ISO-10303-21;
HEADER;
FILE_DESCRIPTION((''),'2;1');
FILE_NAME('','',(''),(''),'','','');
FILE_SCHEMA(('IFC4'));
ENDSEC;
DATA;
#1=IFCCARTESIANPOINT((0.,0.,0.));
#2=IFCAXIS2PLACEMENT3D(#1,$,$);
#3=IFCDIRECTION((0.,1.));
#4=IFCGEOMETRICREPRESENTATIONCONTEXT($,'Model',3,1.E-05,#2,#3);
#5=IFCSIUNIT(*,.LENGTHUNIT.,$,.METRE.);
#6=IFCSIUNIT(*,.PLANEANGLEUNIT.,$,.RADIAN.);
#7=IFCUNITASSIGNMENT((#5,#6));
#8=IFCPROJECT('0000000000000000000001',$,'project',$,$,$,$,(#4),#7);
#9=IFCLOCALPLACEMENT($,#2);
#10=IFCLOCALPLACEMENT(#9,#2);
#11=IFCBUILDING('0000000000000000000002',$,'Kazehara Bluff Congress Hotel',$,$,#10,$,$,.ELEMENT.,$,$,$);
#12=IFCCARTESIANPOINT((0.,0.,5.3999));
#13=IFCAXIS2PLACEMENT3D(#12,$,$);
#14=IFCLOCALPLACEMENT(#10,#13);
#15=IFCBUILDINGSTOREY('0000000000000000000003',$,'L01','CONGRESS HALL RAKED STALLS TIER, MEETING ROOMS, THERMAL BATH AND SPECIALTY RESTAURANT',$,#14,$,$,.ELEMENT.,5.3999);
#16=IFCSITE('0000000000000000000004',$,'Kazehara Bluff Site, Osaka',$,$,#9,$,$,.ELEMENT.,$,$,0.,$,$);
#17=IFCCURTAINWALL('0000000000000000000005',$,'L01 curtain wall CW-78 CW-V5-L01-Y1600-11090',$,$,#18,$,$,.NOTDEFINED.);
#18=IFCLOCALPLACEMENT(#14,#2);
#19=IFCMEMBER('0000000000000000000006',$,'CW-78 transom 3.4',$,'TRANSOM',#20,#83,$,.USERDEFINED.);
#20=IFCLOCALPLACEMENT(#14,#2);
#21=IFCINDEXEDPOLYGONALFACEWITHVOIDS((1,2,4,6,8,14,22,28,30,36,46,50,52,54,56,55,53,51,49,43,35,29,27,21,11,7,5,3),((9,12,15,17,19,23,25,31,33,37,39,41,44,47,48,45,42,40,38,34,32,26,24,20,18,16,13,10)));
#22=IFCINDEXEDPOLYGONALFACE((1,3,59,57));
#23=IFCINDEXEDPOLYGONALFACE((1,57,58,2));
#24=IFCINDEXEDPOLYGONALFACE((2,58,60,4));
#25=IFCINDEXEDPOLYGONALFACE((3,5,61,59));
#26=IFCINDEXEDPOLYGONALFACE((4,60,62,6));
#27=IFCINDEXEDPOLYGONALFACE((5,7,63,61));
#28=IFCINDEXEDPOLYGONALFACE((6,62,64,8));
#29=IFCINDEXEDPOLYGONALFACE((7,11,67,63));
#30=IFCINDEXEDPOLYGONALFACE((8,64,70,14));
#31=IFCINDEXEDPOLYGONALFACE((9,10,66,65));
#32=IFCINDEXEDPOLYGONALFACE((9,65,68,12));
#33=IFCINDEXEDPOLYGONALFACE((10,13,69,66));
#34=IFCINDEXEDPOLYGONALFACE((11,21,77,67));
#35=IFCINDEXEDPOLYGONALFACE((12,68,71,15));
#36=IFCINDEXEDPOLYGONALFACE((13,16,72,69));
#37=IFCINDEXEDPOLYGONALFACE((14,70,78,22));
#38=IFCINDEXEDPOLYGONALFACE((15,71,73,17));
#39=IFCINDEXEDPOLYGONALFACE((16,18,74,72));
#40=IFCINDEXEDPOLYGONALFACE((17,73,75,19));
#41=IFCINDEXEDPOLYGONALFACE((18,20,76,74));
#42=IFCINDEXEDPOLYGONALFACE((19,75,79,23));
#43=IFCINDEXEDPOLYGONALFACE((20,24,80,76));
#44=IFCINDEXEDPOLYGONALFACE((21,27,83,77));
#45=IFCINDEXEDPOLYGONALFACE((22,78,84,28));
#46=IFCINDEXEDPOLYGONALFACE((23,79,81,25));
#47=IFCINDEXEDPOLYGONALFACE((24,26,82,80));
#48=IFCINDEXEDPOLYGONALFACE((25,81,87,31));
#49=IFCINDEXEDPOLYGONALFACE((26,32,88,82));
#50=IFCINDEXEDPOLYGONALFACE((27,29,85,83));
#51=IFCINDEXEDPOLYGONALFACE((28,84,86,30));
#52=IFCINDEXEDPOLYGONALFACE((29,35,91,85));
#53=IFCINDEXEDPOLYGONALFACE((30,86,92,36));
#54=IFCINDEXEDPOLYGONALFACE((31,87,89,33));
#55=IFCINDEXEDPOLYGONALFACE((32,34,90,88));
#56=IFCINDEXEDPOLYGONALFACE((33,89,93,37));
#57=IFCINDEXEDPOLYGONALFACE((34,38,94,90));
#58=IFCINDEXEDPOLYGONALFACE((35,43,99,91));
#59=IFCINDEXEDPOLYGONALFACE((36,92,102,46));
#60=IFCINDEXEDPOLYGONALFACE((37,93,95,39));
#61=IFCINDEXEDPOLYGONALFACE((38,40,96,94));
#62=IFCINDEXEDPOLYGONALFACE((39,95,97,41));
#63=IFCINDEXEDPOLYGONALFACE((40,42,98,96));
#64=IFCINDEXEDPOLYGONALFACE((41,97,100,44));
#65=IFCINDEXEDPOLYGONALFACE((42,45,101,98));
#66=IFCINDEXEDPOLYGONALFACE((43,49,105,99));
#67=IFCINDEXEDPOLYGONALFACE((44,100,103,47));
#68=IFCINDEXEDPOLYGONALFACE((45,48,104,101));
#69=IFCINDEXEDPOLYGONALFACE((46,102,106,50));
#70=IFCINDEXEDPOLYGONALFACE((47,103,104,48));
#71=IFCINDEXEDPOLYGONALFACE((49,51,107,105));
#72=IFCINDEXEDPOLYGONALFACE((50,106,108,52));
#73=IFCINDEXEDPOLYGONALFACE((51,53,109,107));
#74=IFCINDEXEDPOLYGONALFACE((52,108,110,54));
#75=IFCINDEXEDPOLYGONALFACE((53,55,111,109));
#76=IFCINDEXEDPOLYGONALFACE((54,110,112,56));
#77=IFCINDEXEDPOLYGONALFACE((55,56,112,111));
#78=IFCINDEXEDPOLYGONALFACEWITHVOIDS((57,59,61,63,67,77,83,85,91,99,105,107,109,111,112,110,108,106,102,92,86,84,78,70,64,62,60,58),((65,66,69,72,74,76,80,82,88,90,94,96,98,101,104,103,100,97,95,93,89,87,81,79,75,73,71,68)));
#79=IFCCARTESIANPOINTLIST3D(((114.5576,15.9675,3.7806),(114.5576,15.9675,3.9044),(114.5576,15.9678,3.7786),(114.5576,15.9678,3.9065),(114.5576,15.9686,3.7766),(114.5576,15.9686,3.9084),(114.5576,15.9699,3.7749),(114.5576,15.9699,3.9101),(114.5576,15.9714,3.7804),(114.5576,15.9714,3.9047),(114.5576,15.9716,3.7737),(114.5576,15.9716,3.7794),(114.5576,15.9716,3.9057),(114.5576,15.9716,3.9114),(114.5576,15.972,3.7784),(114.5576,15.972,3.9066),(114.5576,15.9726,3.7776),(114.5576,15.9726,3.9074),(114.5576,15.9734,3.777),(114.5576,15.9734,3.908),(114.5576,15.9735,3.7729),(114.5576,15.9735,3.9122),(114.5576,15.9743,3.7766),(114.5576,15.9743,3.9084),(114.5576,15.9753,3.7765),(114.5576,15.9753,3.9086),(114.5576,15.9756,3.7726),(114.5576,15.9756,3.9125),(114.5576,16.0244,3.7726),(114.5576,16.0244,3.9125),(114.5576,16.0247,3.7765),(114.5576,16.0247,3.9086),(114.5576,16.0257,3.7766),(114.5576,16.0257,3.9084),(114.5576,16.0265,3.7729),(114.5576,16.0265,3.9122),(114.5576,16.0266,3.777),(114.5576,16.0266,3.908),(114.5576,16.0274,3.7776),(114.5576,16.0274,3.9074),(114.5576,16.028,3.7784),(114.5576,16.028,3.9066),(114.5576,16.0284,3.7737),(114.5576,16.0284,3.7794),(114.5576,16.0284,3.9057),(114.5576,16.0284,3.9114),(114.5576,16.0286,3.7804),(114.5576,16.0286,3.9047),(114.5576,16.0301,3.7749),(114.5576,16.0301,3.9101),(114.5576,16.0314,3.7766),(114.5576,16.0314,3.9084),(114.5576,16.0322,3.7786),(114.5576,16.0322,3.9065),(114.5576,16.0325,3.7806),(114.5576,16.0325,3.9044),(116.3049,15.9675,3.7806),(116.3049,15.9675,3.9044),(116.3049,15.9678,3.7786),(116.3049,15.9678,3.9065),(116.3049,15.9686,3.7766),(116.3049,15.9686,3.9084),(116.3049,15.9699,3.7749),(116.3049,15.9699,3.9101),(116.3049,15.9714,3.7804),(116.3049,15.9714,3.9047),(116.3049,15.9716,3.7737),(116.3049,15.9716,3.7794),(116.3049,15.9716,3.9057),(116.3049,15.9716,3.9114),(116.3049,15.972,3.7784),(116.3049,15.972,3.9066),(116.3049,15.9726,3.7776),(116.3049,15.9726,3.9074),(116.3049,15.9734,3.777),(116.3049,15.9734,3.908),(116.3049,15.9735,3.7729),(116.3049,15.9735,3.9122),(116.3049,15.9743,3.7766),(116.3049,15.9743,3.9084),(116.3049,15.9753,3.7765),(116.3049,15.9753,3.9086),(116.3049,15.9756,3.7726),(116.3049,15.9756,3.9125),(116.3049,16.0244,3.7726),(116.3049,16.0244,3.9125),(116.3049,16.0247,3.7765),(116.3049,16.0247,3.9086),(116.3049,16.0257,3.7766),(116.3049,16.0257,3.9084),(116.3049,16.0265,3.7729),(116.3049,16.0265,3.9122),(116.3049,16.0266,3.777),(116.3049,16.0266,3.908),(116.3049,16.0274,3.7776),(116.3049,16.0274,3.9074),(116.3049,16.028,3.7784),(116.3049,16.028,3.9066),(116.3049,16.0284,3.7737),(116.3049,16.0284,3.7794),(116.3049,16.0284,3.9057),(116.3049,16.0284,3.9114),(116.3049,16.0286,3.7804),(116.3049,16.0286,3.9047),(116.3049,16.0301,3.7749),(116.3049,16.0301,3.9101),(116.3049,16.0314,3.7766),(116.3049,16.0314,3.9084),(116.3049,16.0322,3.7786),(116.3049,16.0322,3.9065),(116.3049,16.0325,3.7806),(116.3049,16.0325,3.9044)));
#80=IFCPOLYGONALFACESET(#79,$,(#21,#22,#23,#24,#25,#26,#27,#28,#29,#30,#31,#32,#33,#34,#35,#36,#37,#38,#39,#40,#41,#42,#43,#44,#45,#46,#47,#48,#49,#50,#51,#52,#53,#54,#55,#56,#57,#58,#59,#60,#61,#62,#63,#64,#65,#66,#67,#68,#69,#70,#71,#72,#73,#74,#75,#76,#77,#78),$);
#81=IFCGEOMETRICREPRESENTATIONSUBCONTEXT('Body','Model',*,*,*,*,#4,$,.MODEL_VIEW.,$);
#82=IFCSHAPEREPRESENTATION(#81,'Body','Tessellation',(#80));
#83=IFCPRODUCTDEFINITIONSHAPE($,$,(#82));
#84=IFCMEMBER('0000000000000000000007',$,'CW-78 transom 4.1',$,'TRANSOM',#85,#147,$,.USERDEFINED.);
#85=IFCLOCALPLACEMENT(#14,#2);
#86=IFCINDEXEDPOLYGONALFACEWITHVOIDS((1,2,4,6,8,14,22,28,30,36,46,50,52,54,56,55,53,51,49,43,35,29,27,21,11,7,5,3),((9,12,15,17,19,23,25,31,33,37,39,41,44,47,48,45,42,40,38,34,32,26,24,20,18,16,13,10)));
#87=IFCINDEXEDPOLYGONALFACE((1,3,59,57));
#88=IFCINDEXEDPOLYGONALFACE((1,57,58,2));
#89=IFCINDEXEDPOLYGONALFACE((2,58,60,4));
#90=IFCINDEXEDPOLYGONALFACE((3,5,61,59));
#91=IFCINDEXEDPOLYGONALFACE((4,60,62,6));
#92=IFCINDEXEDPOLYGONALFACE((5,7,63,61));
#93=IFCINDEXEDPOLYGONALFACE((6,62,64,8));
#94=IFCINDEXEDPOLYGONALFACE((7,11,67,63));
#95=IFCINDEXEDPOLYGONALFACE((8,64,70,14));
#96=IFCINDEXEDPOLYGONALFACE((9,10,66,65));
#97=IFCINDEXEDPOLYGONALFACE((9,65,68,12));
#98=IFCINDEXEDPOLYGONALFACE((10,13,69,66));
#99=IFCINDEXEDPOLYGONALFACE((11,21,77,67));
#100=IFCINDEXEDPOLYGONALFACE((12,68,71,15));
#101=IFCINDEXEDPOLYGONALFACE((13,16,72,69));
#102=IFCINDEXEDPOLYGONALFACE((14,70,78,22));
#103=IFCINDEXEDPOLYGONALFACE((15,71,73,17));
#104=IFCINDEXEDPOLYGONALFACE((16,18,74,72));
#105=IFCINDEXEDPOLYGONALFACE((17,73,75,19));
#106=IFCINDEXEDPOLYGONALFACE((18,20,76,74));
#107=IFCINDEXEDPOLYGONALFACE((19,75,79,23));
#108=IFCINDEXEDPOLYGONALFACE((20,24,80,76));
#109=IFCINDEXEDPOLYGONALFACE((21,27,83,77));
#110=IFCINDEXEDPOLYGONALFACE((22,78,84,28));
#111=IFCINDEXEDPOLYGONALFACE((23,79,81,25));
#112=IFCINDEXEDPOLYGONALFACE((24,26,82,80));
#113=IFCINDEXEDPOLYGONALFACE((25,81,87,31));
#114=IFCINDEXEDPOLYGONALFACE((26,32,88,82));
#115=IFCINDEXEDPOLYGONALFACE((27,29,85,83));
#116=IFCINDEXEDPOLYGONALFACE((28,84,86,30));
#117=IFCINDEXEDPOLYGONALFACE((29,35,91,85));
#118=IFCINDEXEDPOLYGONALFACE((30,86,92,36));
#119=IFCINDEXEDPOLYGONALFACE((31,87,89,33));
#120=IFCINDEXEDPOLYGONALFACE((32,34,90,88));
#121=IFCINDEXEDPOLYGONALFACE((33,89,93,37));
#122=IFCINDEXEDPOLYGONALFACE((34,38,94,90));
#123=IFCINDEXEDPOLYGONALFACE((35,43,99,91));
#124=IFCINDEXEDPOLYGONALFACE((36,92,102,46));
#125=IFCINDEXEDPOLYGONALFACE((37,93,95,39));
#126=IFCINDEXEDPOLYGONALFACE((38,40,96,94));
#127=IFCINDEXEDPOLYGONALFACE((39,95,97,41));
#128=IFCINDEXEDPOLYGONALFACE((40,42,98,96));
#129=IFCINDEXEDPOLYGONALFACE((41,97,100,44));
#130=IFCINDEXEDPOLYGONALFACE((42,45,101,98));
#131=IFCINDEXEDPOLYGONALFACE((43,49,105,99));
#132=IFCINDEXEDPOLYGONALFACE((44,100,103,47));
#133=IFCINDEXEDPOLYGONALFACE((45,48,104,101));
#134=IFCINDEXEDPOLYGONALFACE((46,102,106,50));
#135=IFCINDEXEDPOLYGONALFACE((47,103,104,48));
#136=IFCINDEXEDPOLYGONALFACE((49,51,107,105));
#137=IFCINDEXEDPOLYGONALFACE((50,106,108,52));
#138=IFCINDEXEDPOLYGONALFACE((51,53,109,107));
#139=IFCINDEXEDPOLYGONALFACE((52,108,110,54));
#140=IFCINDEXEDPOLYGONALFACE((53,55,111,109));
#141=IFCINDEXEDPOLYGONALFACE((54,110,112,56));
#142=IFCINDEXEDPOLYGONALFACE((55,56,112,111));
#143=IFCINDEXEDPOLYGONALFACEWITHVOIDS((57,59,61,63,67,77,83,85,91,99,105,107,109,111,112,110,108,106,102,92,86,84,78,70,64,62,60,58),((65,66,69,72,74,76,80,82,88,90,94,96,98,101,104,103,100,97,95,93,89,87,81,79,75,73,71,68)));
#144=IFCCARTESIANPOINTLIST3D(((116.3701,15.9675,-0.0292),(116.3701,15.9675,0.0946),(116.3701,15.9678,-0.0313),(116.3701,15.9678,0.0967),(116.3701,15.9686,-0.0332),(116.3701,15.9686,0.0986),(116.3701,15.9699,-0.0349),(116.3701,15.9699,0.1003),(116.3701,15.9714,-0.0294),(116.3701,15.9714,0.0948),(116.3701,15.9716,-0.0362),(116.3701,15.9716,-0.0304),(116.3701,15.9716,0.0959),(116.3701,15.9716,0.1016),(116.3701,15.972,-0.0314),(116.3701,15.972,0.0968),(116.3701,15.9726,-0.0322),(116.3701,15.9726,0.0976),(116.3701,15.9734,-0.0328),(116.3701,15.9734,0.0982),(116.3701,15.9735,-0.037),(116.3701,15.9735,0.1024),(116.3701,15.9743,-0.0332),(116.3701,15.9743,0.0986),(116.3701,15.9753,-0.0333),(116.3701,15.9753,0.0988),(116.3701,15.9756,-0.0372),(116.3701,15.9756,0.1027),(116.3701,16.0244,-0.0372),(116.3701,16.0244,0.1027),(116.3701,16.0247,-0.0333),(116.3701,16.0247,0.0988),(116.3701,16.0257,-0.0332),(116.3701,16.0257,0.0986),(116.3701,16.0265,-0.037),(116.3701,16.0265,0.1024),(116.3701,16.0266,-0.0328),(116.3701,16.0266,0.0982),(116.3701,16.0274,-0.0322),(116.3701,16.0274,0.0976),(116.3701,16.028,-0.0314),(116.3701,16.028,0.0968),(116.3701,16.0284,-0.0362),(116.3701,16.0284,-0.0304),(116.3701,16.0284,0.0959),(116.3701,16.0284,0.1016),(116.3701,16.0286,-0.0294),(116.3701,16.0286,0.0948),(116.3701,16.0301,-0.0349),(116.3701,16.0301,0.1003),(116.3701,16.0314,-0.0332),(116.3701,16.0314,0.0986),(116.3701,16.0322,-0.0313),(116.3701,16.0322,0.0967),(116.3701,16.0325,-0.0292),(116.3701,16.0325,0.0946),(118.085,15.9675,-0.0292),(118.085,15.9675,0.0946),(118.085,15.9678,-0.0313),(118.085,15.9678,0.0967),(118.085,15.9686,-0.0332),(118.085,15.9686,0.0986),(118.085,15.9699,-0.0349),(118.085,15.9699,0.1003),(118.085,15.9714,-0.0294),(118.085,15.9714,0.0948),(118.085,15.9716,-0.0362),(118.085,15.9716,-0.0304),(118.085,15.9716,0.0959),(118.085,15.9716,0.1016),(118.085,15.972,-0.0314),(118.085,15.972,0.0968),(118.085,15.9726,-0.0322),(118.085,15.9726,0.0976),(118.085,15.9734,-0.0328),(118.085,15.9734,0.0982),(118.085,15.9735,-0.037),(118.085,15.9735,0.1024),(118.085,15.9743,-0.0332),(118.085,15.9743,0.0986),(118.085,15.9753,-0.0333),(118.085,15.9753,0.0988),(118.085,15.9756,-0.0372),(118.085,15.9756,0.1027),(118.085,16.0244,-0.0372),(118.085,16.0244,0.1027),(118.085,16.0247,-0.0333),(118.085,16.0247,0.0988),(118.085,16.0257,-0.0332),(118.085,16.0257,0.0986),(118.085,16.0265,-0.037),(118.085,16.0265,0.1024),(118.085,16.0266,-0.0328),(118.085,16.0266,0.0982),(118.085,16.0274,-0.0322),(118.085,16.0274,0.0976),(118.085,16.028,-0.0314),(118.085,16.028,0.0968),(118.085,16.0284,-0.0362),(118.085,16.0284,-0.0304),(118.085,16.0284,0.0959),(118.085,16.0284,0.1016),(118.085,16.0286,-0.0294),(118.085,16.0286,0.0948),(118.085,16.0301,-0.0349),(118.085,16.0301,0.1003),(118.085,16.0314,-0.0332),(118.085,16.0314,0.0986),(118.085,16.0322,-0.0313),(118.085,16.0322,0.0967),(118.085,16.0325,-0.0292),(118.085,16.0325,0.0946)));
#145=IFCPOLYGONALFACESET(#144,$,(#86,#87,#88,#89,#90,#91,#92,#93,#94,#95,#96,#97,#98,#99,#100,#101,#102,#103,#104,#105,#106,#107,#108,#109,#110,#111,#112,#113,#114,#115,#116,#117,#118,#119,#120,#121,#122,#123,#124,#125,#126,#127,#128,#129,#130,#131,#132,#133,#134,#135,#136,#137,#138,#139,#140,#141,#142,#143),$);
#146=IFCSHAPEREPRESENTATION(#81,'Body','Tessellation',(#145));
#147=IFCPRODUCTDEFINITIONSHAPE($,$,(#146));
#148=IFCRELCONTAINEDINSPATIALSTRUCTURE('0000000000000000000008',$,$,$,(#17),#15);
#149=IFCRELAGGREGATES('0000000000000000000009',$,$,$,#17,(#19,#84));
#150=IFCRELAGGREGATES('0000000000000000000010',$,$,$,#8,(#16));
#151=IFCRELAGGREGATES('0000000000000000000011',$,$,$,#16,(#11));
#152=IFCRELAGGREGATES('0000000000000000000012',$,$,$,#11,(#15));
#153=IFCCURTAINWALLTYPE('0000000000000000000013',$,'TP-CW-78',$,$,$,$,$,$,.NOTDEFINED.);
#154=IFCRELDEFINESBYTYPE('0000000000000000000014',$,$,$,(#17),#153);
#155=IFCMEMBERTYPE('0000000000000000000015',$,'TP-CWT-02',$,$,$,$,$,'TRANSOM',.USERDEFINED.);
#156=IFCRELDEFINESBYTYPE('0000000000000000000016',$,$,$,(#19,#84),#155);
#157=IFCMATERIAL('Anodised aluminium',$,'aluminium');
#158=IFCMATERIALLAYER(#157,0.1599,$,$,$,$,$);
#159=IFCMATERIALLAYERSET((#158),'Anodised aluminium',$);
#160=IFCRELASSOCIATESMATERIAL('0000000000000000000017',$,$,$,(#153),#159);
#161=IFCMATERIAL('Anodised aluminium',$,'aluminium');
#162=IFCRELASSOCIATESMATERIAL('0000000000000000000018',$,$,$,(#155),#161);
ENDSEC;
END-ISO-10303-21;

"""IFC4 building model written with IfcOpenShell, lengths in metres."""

from ifc_helpers import new_model, si_unit, direction, frame, origin, origin_2d, place, context, subcontext, project, spatial, hollow_rectangle, extrude, material, layer, layer_set, material_profile, profile_set, type_object, element, aggregate, save


model = new_model("IFC4")

# Units and contexts
model_context = context("Model", 3, precision=1e-05, world=origin(), true_north=direction((0.0, 1.0)))
body_context = subcontext(model_context, "Body", "Model", "MODEL_VIEW")
ifc_project = project(units=[si_unit("LENGTHUNIT", "METRE"), si_unit("PLANEANGLEUNIT", "RADIAN")], contexts=[model_context])

# Site, building, storey
site_placement = place(None, origin())
site = spatial("IfcSite", under=ifc_project, at=site_placement, Name="Kazehara Bluff Site, Osaka", CompositionType="ELEMENT", RefElevation=0.0)
building_placement = place(site_placement, origin())
building = spatial("IfcBuilding", under=site, at=building_placement, Name="Kazehara Bluff Congress Hotel", CompositionType="ELEMENT")
storey_placement = place(building_placement, frame((0.0, 0.0, 5.3999)))
storey = spatial("IfcBuildingStorey", under=building, at=storey_placement, Name="L01", Description="CONGRESS HALL RAKED STALLS TIER, MEETING ROOMS, THERMAL BATH AND SPECIALTY RESTAURANT", CompositionType="ELEMENT", Elevation=5.3999)

# Curtain wall, members
ifc_material_1 = material(Name="Anodised aluminium", Category="aluminium")
ifc_layer_1 = layer(ifc_material_1, 0.1599)
ifc_layer_set_1 = layer_set([ifc_layer_1], Name="Anodised aluminium")
curtain_wall_type = type_object("IfcCurtainWallType", Name="TP-CW-78", PredefinedType="NOTDEFINED", material=ifc_layer_set_1)
curtain_wall_placement = place(storey_placement, origin())
curtain_wall = element("IfcCurtainWall", 1, at=curtain_wall_placement, inside=storey, type_object=curtain_wall_type, Name="L01 curtain wall CW-78 CW-V5-L01-Y1600-11090", PredefinedType="NOTDEFINED")
ifc_material_2 = material(Name="Anodised aluminium", Category="aluminium")
ifc_material_profile_1 = material_profile(ifc_material_2, hollow_rectangle(XDim=0.0649, YDim=0.1399, WallThickness=0.0039, InnerFilletRadius=0.0039, OuterFilletRadius=0.0081, at=origin_2d()))
ifc_profile_set_1 = profile_set([ifc_material_profile_1], Name="Anodised aluminium")
member_type_1 = type_object("IfcMemberType", Name="TP-CWT-02", ElementType="TRANSOM", PredefinedType="USERDEFINED", material=ifc_profile_set_1)
member_1_placement = place(storey_placement, frame((114.5576, 16.0, 3.8425), z_axis=(1.0, 0.0, 0.0), x_axis=(0.0, 1.0, 0.0)))
member_1 = element("IfcMember", 2, at=member_1_placement, type_object=member_type_1, Name="CW-78 transom 3.4", ObjectType="TRANSOM", PredefinedType="USERDEFINED", context=body_context, shape_type="SweptSolid", body=[
    extrude(hollow_rectangle(XDim=0.0649, YDim=0.1399, WallThickness=0.0039, InnerFilletRadius=0.0039, OuterFilletRadius=0.0081, at=origin_2d()), origin(), (0.0, 0.0, 1.0), 1.7473),
])
member_2_placement = place(storey_placement, frame((116.3701, 16.0, 0.0327), z_axis=(1.0, 0.0, 0.0), x_axis=(0.0, 1.0, 0.0)))
member_2 = element("IfcMember", 3, at=member_2_placement, type_object=member_type_1, Name="CW-78 transom 4.1", ObjectType="TRANSOM", PredefinedType="USERDEFINED", context=body_context, shape_type="SweptSolid", body=[
    extrude(hollow_rectangle(XDim=0.0649, YDim=0.1399, WallThickness=0.0039, InnerFilletRadius=0.0039, OuterFilletRadius=0.0081, at=origin_2d()), origin(), (0.0, 0.0, 1.0), 1.7148),
])

aggregate(curtain_wall, [member_1, member_2])

save(model, "model.ifc")
